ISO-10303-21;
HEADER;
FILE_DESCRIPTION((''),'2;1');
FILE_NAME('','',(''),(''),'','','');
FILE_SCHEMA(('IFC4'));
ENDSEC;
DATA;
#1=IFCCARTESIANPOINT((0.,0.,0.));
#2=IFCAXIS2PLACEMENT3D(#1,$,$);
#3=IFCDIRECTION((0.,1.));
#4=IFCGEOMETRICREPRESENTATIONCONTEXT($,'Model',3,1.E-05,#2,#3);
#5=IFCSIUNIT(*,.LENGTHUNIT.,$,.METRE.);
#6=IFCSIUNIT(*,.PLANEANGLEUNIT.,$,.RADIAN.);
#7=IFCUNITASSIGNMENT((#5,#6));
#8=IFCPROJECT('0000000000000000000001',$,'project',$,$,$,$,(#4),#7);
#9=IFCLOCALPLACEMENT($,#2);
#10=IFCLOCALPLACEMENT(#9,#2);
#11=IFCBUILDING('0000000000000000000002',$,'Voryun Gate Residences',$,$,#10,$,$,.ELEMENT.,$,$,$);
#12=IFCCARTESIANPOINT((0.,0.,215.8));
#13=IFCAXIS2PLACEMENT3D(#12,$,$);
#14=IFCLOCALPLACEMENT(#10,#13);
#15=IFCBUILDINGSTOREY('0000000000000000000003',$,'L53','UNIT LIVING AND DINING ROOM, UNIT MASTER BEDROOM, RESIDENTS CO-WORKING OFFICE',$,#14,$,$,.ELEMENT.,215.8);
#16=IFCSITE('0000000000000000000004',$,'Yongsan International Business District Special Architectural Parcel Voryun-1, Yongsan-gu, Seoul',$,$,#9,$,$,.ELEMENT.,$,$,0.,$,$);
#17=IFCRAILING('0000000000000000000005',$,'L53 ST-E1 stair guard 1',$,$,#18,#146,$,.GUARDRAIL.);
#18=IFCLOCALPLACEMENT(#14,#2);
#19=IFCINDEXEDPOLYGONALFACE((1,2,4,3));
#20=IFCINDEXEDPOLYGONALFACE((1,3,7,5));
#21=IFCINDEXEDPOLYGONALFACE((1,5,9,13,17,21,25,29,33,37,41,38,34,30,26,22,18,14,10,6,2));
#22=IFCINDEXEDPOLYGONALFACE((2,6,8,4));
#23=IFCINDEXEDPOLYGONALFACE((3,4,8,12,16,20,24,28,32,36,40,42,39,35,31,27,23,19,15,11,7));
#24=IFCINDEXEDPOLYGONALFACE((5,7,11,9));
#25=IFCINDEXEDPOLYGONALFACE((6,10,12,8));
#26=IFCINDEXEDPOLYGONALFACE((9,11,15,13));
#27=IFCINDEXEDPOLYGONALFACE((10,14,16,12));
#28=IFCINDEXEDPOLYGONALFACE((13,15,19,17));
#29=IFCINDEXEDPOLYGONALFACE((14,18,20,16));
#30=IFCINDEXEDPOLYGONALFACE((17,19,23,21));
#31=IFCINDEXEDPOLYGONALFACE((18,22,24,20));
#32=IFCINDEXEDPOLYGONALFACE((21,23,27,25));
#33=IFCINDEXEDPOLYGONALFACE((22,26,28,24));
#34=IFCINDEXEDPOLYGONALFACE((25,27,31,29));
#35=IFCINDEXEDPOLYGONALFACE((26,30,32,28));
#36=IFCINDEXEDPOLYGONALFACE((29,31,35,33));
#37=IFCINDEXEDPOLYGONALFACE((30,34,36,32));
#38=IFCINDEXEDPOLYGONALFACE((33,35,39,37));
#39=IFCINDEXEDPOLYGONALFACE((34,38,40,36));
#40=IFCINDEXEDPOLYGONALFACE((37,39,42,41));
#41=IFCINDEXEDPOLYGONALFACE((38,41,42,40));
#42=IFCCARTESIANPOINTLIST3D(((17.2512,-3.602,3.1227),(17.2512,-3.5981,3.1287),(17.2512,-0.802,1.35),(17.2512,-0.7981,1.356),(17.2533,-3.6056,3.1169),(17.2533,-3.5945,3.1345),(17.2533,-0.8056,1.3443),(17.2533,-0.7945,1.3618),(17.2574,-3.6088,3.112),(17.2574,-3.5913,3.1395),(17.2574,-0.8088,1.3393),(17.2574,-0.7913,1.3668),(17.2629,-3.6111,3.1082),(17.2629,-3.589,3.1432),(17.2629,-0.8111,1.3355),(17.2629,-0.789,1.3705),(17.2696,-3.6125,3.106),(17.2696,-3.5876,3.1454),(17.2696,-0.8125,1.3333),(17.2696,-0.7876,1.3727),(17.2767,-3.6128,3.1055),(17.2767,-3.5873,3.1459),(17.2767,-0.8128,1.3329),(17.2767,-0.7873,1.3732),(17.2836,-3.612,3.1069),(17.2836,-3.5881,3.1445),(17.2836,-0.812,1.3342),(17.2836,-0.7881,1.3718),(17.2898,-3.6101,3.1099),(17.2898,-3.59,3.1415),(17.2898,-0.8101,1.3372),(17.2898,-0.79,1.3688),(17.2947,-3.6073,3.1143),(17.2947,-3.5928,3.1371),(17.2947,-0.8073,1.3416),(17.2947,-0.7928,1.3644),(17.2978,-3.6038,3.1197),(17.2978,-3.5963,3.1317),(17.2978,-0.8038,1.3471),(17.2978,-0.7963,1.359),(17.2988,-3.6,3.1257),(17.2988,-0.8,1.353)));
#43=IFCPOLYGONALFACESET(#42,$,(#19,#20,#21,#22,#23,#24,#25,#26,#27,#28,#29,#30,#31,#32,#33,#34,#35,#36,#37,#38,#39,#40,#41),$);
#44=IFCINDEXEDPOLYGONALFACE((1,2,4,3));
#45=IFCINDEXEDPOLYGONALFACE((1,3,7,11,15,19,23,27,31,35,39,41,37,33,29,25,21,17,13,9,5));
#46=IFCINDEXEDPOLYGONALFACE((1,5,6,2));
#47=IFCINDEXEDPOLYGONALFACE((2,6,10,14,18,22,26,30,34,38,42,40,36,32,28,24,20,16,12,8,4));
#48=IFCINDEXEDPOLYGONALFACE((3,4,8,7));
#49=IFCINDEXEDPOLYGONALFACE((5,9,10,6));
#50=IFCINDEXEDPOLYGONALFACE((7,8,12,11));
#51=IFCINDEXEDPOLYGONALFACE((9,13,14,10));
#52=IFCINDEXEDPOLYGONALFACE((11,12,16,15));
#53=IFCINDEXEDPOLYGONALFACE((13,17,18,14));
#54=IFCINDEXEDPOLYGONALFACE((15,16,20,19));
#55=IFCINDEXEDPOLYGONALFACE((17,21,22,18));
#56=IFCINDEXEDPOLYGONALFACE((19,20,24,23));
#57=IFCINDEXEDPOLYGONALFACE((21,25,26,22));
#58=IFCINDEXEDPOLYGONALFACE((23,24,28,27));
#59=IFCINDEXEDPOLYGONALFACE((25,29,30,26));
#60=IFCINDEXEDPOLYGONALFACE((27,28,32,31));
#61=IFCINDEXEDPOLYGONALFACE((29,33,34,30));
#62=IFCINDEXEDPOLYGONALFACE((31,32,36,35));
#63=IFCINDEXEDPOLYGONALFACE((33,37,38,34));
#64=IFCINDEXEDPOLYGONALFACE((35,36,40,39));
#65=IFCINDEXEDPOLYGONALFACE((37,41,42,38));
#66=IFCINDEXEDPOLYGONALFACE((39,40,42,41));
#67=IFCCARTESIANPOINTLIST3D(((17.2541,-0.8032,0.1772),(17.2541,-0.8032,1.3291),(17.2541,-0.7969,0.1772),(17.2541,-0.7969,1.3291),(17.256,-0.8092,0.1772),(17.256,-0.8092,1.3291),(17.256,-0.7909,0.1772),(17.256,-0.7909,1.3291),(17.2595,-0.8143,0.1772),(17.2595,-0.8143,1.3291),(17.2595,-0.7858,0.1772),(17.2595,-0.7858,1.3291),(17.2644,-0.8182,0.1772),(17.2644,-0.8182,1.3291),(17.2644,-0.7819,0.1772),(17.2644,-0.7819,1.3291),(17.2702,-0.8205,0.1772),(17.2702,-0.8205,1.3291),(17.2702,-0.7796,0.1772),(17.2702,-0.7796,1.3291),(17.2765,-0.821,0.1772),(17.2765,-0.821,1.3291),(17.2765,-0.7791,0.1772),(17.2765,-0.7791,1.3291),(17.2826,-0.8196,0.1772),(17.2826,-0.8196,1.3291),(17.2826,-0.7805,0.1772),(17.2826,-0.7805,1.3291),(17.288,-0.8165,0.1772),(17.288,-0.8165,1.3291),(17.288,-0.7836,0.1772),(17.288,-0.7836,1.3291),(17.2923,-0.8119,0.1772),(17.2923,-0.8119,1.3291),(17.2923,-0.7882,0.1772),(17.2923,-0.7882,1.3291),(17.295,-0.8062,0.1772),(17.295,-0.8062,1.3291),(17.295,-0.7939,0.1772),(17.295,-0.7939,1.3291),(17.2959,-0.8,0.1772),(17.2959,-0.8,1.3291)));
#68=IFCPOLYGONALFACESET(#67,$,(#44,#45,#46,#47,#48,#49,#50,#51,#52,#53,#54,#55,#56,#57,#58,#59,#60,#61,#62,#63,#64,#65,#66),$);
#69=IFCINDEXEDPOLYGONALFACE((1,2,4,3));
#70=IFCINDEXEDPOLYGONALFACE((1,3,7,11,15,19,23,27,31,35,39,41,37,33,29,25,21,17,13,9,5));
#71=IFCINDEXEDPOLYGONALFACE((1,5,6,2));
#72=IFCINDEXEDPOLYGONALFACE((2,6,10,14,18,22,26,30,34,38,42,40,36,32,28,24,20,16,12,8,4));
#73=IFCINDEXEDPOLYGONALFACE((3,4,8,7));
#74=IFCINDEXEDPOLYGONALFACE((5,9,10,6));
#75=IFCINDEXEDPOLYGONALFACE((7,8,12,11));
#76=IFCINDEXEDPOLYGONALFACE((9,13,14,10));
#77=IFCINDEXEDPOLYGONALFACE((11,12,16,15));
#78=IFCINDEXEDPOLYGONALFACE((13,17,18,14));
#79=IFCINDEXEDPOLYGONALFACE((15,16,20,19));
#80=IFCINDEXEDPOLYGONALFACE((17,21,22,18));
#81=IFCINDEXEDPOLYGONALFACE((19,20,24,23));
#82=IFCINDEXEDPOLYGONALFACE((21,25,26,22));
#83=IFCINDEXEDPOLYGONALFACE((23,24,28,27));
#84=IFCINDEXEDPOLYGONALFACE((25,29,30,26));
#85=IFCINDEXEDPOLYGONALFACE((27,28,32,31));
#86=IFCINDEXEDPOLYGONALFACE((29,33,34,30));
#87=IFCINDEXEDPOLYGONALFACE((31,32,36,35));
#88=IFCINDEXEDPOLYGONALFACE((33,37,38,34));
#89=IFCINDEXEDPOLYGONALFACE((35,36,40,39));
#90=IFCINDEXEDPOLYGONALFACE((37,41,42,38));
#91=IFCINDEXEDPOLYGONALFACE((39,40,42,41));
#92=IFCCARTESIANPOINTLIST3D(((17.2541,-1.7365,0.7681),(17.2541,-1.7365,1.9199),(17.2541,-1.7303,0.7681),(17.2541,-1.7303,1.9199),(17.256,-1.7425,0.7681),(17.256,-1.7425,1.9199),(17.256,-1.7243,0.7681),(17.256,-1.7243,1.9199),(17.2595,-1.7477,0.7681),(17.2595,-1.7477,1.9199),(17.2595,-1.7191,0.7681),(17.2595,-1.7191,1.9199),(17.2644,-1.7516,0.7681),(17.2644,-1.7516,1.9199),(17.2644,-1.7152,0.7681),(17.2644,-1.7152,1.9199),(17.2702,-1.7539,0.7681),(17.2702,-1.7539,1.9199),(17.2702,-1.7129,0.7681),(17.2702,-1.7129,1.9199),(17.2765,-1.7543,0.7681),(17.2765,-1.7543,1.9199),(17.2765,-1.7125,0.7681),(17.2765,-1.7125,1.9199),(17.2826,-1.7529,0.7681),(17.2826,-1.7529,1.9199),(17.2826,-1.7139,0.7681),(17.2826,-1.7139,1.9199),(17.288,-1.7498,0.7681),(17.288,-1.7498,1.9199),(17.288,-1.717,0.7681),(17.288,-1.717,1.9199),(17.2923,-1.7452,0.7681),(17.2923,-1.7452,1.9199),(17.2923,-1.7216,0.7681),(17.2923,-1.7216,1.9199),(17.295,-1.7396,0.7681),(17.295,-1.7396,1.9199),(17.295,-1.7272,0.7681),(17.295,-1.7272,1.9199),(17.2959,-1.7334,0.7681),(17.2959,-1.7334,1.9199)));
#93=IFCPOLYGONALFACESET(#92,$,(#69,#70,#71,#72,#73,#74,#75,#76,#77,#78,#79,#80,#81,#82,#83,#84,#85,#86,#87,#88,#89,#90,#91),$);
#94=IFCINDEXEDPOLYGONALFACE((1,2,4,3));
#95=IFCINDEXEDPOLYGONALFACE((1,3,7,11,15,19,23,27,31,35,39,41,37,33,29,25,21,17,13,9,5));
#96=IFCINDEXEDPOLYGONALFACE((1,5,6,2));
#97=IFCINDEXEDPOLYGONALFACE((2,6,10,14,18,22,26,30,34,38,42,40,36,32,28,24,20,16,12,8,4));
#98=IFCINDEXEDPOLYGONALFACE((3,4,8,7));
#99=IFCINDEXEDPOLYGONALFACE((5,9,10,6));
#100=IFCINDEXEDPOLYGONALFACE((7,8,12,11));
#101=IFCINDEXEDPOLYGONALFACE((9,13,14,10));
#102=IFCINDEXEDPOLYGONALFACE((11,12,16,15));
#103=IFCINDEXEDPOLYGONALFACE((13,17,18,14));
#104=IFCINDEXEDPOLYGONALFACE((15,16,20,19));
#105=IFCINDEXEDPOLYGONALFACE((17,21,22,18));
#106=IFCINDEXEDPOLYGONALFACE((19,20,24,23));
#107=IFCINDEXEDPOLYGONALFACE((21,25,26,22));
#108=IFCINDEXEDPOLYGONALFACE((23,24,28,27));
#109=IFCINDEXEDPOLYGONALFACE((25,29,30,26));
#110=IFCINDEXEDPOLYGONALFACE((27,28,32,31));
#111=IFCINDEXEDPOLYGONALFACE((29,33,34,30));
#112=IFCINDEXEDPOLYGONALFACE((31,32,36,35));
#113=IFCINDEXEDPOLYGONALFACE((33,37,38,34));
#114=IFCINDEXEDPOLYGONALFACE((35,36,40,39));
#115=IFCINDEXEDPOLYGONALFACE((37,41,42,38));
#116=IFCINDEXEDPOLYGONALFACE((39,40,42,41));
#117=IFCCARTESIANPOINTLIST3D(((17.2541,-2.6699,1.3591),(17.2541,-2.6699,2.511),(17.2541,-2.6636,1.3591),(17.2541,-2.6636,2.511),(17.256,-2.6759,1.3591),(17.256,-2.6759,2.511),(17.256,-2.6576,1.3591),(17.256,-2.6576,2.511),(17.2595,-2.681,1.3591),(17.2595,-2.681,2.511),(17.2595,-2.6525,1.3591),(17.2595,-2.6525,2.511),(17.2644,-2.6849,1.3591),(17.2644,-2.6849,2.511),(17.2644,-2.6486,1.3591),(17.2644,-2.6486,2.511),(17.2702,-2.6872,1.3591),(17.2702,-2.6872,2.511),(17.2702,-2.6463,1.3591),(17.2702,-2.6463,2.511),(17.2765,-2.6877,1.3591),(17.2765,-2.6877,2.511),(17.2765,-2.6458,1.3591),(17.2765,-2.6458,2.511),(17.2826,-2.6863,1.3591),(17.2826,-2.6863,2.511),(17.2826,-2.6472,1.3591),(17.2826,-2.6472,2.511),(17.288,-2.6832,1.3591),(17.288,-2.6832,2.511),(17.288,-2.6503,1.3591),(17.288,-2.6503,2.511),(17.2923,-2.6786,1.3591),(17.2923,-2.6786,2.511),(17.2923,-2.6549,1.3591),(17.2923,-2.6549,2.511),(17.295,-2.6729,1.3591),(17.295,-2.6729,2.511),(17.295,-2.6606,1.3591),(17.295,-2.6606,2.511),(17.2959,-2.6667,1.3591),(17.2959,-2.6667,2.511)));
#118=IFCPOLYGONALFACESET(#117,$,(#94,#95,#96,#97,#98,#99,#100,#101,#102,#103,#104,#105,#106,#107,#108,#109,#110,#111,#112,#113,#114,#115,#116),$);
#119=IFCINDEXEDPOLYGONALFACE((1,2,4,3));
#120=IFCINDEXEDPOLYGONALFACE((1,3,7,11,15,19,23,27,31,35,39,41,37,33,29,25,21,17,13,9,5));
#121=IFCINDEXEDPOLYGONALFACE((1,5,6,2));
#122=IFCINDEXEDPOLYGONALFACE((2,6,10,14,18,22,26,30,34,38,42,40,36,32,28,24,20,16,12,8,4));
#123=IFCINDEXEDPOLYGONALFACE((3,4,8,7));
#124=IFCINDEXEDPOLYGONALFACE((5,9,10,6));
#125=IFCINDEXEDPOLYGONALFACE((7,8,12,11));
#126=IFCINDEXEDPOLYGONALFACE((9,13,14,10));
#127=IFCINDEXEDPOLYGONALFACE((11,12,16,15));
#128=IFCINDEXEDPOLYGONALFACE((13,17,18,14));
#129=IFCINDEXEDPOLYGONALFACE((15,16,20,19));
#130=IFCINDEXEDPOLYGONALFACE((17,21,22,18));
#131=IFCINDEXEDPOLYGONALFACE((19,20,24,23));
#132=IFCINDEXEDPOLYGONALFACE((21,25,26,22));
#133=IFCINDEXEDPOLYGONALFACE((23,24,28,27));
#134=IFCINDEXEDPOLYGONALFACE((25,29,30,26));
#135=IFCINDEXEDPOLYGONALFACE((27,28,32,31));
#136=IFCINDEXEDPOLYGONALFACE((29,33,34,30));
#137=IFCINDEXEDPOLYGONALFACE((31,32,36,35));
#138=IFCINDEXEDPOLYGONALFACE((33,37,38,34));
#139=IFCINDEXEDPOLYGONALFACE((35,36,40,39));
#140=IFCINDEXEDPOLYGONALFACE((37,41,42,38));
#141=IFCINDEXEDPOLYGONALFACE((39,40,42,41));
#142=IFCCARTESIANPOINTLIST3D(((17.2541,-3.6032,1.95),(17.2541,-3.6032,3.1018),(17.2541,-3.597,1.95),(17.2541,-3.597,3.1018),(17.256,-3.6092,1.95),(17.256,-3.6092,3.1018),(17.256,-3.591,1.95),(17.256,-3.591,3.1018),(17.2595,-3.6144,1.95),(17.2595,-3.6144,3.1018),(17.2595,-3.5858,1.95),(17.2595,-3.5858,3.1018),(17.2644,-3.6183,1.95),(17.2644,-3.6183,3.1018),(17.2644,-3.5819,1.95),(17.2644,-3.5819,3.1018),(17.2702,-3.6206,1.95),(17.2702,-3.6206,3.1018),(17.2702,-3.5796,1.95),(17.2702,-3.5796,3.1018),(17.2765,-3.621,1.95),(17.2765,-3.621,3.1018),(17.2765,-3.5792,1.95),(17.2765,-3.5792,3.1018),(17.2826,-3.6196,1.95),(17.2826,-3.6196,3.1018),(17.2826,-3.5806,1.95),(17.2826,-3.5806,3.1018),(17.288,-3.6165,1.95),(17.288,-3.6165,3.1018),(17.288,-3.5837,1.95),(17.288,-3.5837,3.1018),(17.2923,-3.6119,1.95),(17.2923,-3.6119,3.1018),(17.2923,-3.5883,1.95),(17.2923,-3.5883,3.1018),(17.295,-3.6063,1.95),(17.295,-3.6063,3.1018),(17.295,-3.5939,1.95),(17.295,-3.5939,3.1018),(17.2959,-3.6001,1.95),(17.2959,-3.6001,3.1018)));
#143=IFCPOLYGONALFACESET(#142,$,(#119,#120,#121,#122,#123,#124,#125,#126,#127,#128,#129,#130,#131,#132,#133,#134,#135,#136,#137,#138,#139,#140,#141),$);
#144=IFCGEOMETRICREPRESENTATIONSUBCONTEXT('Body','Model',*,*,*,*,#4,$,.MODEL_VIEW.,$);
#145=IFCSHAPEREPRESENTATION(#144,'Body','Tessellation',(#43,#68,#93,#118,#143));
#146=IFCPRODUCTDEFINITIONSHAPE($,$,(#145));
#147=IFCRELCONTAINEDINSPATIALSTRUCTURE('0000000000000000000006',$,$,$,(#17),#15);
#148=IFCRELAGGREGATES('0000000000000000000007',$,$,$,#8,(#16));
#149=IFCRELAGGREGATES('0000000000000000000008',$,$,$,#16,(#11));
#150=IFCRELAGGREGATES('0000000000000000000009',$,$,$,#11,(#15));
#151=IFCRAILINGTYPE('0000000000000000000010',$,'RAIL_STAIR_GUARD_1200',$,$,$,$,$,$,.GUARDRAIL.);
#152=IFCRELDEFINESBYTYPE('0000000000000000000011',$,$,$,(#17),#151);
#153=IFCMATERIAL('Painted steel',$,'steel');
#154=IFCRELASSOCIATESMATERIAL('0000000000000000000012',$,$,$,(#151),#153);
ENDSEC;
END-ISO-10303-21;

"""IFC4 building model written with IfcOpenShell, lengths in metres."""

from ifc_helpers import new_model, si_unit, direction, frame, origin, origin_2d, place, context, subcontext, project, spatial, circle, extrude, material, type_object, element, save


model = new_model("IFC4")

# Units and contexts
model_context = context("Model", 3, precision=1e-05, world=origin(), true_north=direction((0.0, 1.0)))
body_context = subcontext(model_context, "Body", "Model", "MODEL_VIEW")
ifc_project = project(units=[si_unit("LENGTHUNIT", "METRE"), si_unit("PLANEANGLEUNIT", "RADIAN")], contexts=[model_context])

# Site, building, storey
site_placement = place(None, origin())
site = spatial("IfcSite", under=ifc_project, at=site_placement, Name="Yongsan International Business District Special Architectural Parcel Voryun-1, Yongsan-gu, Seoul", CompositionType="ELEMENT", RefElevation=0.0)
building_placement = place(site_placement, origin())
building = spatial("IfcBuilding", under=site, at=building_placement, Name="Voryun Gate Residences", CompositionType="ELEMENT")
storey_placement = place(building_placement, frame((0.0, 0.0, 215.8)))
storey = spatial("IfcBuildingStorey", under=building, at=storey_placement, Name="L53", Description="UNIT LIVING AND DINING ROOM, UNIT MASTER BEDROOM, RESIDENTS CO-WORKING OFFICE", CompositionType="ELEMENT", Elevation=215.8)

# Railing
ifc_material_1 = material(Name="Painted steel", Category="steel")
railing_type_1 = type_object("IfcRailingType", Name="RAIL_STAIR_GUARD_1200", PredefinedType="GUARDRAIL", material=ifc_material_1)
railing_1_placement = place(storey_placement, frame((17.2749, -0.8, 0.1772)))
element("IfcRailing", 1, at=railing_1_placement, inside=storey, type_object=railing_type_1, Name="L53 ST-E1 stair guard 1", PredefinedType="GUARDRAIL", context=body_context, shape_type="SweptSolid", body=[
    extrude(circle(Radius=0.0239, at=origin_2d()), frame((0.0, 0.0, 1.1758), z_axis=(0.0, -0.844909, 0.53491), x_axis=(1.0, 0.0, 0.0)), (0.0, 0.0, 1.0), 3.314),
    extrude(circle(Radius=0.021, at=origin_2d()), origin(), (0.0, 0.0, 1.0), 1.1519),
    extrude(circle(Radius=0.021, at=origin_2d()), frame((0.0, -0.9333, 0.5908)), (0.0, 0.0, 1.0), 1.1519),
    extrude(circle(Radius=0.021, at=origin_2d()), frame((0.0, -1.8667, 1.1819)), (0.0, 0.0, 1.0), 1.1519),
    extrude(circle(Radius=0.021, at=origin_2d()), frame((0.0, -2.8, 1.7727)), (0.0, 0.0, 1.0), 1.1519),
])

save(model, "model.ifc")
